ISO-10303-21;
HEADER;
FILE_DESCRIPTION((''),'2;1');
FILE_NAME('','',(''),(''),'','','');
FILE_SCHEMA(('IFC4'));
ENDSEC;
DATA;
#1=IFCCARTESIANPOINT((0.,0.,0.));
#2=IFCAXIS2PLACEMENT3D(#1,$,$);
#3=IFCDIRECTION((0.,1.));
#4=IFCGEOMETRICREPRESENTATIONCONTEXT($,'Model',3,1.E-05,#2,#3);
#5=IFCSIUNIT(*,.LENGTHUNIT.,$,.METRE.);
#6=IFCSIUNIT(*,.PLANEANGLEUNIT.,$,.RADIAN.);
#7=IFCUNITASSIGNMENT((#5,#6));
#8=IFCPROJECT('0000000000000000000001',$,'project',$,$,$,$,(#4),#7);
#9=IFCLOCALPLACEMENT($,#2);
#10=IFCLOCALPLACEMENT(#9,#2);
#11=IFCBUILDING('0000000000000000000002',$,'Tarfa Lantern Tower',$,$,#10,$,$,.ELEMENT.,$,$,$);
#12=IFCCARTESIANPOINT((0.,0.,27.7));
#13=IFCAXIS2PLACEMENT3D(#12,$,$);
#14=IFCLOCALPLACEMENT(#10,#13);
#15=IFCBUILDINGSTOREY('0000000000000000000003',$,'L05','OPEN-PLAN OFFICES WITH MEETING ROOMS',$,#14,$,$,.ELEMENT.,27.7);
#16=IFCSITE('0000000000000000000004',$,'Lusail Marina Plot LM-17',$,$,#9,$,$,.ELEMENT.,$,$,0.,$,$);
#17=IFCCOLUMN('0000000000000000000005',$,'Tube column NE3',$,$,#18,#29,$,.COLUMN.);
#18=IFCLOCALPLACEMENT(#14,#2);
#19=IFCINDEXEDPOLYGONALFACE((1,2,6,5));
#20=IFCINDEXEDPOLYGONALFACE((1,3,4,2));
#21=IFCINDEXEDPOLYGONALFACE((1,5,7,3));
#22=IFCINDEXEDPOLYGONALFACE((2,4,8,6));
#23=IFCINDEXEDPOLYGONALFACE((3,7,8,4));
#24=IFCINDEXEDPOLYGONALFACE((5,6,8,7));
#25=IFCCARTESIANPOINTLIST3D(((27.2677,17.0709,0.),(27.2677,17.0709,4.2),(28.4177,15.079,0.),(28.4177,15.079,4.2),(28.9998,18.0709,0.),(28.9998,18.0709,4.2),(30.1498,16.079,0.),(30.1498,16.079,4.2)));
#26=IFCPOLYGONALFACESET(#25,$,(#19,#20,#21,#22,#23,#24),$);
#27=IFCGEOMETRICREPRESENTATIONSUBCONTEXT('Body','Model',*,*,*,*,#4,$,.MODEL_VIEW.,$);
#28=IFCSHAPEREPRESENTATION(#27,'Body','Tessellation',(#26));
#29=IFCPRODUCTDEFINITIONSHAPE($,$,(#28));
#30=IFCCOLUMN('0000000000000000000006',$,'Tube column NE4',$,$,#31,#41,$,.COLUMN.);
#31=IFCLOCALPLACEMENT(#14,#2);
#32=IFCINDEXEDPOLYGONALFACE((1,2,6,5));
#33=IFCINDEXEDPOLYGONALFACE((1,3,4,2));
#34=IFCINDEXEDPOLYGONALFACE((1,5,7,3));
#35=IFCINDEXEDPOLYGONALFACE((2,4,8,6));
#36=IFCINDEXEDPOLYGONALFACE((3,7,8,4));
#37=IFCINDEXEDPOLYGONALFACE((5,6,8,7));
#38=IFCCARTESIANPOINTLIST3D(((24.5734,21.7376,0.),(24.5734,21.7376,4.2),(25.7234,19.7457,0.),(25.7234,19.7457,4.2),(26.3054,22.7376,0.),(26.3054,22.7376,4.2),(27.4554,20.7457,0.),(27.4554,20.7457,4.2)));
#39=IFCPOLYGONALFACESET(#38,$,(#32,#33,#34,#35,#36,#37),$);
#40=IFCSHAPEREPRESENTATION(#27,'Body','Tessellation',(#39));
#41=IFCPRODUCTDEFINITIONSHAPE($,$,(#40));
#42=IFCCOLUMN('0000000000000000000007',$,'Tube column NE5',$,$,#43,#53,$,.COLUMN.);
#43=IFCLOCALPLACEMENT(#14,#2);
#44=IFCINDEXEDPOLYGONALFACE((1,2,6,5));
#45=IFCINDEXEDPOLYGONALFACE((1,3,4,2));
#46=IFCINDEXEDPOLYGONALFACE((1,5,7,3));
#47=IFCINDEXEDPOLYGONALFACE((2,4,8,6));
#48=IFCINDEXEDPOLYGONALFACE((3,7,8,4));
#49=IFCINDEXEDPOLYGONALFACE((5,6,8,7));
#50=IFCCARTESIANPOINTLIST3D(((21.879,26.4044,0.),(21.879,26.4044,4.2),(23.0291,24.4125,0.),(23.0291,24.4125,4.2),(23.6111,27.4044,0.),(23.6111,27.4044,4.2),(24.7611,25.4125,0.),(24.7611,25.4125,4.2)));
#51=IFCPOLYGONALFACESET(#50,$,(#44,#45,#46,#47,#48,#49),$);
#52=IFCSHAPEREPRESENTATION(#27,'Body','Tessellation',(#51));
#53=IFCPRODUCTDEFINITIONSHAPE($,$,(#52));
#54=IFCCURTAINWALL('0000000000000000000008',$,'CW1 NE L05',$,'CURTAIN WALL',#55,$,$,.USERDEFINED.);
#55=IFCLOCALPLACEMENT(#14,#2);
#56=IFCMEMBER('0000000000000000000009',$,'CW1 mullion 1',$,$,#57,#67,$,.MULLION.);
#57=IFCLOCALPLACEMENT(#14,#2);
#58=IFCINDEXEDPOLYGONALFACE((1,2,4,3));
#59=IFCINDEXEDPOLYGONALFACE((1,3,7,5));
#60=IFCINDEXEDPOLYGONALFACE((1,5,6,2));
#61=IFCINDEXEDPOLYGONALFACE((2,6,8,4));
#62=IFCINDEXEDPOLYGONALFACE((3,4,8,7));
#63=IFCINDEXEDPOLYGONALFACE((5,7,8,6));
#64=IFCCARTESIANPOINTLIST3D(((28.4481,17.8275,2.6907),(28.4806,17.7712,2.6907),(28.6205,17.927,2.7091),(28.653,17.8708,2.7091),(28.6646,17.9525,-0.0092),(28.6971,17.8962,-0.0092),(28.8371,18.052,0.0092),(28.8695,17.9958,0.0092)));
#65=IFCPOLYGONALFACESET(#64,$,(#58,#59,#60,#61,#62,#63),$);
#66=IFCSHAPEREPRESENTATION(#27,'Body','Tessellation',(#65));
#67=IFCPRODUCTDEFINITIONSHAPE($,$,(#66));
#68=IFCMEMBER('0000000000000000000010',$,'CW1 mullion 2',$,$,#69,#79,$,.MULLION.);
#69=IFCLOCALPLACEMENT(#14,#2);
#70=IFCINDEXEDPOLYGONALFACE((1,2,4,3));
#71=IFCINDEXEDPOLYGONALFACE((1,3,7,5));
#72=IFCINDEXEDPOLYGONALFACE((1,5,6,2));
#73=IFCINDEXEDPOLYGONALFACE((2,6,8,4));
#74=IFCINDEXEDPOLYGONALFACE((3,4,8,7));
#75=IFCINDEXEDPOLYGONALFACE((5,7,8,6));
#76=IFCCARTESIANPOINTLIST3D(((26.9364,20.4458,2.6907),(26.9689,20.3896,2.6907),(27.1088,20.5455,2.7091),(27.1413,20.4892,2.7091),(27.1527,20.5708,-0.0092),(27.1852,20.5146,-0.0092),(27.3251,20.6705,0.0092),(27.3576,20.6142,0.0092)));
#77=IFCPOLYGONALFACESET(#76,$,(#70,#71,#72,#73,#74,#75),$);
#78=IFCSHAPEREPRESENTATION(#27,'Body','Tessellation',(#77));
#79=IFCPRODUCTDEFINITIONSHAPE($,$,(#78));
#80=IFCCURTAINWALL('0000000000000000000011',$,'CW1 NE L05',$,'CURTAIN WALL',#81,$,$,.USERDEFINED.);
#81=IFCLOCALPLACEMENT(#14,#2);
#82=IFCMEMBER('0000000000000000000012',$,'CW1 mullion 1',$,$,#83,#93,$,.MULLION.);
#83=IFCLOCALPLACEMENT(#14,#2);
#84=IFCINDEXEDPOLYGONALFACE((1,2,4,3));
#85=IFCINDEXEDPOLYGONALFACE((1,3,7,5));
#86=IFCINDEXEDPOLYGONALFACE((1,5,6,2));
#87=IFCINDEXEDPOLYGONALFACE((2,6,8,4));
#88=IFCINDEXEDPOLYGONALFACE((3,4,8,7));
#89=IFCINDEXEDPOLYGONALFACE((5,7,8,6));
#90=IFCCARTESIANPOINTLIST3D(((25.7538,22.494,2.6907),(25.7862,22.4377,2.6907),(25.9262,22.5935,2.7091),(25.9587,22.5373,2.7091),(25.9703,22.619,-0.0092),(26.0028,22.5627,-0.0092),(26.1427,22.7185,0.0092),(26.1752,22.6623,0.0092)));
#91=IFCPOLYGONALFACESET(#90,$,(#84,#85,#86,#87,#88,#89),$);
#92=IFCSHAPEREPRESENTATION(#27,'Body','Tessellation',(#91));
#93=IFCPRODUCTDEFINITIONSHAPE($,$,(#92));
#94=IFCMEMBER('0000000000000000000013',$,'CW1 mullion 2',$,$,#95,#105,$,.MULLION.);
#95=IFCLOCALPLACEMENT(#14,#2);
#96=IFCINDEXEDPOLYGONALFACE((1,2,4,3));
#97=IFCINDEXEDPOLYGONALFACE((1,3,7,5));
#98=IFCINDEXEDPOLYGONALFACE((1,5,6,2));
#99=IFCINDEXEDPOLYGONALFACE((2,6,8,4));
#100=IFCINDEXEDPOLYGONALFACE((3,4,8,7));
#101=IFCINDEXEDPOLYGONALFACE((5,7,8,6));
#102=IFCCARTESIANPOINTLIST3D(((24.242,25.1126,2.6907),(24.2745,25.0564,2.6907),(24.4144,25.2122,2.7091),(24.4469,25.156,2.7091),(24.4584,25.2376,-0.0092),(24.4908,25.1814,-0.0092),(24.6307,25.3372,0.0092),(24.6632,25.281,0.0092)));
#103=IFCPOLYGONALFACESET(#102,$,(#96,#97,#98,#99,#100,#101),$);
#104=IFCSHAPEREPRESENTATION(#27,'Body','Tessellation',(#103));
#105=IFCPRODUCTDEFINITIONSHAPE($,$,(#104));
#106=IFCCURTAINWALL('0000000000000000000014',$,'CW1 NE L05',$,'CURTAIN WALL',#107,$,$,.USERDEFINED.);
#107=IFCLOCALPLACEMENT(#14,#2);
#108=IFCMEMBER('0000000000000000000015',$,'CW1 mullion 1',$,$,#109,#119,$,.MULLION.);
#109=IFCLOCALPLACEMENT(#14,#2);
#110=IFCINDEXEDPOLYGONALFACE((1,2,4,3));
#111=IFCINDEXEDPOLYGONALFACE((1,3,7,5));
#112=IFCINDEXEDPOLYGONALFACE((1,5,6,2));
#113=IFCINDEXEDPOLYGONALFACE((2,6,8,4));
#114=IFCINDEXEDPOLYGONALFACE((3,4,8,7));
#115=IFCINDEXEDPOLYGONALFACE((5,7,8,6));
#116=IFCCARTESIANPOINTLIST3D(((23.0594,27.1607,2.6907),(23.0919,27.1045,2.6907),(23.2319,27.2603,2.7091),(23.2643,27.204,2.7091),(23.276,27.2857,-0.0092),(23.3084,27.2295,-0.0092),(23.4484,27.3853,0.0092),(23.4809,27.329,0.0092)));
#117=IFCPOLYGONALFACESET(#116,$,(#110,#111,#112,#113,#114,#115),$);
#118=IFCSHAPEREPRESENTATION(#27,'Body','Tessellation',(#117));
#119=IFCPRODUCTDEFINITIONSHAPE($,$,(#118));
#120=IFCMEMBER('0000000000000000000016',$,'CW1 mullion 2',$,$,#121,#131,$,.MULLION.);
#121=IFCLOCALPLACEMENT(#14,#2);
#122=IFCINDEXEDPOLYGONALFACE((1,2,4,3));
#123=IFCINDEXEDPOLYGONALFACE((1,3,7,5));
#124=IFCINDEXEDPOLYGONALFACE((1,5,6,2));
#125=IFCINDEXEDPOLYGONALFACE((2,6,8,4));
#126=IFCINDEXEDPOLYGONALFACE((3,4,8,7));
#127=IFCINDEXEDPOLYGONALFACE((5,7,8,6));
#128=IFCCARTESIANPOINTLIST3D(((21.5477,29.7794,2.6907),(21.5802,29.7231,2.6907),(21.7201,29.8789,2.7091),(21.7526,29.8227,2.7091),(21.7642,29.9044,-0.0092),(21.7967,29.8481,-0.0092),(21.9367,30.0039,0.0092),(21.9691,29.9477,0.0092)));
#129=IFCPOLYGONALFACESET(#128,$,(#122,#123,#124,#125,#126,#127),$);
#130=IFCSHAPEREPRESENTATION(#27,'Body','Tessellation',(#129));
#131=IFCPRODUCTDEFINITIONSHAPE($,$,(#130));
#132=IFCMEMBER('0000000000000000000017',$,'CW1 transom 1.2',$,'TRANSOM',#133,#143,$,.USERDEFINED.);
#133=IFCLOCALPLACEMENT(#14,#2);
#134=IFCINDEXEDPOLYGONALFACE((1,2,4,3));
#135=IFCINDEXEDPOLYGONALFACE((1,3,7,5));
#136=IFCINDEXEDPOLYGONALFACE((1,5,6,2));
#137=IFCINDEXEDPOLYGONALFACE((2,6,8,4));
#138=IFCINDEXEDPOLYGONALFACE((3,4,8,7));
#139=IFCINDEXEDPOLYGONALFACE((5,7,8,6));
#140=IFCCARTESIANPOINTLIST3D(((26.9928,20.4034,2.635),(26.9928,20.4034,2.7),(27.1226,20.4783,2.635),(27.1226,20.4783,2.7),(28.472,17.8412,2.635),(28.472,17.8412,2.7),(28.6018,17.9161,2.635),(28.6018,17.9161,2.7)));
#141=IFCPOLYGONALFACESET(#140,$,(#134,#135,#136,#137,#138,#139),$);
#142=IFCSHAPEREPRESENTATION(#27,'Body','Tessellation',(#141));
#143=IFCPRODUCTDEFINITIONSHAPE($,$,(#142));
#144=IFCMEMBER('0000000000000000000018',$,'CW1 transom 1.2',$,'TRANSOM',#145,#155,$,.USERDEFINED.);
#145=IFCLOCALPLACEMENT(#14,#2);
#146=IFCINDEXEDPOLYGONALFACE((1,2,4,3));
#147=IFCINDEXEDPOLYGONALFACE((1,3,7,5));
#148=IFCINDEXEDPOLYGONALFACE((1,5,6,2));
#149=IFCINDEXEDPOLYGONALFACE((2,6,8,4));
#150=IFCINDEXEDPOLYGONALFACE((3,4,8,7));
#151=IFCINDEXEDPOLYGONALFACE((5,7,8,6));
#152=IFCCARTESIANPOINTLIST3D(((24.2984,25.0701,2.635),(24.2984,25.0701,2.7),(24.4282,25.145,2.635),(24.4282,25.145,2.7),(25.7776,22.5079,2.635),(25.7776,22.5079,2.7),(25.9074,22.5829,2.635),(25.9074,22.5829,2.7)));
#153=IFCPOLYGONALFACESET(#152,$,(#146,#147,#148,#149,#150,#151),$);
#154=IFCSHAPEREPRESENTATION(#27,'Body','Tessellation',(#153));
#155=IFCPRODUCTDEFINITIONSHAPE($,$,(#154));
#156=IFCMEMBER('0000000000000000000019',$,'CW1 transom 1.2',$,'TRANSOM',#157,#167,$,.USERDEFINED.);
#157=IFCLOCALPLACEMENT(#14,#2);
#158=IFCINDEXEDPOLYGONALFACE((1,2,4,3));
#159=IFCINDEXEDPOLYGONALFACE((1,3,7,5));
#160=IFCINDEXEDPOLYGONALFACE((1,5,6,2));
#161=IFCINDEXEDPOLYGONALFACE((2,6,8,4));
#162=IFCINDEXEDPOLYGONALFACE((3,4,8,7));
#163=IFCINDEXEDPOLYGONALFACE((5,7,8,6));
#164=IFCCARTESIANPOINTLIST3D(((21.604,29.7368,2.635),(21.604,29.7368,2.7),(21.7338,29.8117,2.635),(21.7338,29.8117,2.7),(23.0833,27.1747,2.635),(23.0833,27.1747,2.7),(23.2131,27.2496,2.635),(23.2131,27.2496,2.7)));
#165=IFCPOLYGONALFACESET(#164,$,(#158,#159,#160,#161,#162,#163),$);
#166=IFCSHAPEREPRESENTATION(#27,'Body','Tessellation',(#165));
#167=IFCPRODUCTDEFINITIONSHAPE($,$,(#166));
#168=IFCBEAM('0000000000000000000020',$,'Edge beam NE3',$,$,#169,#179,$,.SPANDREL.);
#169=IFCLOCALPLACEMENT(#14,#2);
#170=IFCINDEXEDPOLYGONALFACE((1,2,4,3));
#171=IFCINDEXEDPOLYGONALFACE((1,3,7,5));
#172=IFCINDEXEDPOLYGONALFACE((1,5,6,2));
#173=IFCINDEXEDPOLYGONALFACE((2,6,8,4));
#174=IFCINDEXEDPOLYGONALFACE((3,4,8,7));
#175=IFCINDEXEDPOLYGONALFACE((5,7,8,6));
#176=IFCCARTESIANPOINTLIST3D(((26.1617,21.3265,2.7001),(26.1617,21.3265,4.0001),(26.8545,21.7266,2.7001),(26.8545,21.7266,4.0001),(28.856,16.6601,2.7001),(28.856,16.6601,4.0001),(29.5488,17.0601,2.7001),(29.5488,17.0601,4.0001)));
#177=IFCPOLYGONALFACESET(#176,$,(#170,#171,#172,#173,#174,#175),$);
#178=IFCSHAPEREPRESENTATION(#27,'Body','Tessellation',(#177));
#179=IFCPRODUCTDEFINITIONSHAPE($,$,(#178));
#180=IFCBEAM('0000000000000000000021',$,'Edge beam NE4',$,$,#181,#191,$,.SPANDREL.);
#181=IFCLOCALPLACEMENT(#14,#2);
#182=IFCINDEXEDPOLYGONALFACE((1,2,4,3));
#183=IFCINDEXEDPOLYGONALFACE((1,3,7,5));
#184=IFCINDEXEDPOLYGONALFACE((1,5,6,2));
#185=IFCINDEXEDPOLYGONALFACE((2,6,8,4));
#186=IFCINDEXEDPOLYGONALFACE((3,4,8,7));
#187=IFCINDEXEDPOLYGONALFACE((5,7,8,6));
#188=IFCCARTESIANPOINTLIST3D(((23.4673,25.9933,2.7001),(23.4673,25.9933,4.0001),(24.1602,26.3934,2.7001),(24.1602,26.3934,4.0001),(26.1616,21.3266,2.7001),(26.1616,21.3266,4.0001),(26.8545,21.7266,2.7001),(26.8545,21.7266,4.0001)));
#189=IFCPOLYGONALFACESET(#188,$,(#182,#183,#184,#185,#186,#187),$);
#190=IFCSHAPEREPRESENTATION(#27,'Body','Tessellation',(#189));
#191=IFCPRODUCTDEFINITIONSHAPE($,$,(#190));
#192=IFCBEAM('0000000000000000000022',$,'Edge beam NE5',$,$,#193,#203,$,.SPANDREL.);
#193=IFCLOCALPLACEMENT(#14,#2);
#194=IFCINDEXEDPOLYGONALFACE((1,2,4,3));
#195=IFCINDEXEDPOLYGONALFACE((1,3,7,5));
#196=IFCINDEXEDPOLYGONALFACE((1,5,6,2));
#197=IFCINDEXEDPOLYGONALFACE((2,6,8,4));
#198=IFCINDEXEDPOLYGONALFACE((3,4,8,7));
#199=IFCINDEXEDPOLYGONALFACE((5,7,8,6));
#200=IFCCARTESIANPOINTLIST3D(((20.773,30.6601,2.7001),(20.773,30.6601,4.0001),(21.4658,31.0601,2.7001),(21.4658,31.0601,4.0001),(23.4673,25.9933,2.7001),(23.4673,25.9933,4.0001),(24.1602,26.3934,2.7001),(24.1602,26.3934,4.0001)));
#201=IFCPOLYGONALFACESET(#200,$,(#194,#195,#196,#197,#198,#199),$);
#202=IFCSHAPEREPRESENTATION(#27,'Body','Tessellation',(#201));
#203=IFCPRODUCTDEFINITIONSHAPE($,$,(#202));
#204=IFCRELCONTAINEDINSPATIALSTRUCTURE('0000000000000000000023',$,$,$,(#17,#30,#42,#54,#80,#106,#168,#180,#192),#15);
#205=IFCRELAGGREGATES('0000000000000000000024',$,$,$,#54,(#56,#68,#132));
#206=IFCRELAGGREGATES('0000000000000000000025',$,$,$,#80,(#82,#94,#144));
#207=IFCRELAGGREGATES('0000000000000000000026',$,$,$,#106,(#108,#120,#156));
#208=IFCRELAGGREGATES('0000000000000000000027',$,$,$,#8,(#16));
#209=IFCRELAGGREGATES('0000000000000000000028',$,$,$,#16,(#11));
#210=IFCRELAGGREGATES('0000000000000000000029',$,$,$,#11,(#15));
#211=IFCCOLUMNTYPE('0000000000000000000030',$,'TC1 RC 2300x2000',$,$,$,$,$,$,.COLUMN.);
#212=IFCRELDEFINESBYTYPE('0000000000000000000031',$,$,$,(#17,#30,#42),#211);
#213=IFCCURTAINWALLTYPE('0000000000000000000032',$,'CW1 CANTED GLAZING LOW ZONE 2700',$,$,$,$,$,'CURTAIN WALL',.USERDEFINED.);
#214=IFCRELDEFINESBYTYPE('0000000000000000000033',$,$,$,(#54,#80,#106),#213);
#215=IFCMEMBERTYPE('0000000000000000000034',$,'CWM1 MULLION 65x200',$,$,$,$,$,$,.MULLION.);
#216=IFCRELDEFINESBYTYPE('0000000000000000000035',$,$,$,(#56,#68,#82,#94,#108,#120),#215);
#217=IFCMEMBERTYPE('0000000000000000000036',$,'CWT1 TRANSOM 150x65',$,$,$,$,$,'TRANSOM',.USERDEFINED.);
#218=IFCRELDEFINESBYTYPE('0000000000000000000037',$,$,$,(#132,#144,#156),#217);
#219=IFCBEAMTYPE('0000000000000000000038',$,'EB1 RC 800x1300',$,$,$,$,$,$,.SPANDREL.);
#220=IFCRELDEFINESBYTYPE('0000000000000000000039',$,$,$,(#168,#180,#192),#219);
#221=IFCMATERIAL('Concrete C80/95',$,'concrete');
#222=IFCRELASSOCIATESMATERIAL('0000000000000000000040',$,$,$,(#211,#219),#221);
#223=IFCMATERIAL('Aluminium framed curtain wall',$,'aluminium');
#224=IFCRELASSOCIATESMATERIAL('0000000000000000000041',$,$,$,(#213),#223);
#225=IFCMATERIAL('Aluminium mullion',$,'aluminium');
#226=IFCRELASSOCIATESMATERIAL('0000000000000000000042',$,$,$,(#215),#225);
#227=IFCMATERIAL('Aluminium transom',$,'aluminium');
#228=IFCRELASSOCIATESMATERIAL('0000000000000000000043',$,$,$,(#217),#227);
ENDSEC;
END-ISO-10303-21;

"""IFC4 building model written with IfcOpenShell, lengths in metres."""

from ifc_helpers import new_model, si_unit, direction, frame, origin, origin_2d, place, context, subcontext, project, spatial, rectangle, extrude, material, material_profile, profile_set, type_object, element, aggregate, save


model = new_model("IFC4")

# Units and contexts
model_context = context("Model", 3, precision=1e-05, world=origin(), true_north=direction((0.0, 1.0)))
body_context = subcontext(model_context, "Body", "Model", "MODEL_VIEW")
ifc_project = project(units=[si_unit("LENGTHUNIT", "METRE"), si_unit("PLANEANGLEUNIT", "RADIAN")], contexts=[model_context])

# Site, building, storey
site_placement = place(None, origin())
site = spatial("IfcSite", under=ifc_project, at=site_placement, Name="Lusail Marina Plot LM-17", CompositionType="ELEMENT", RefElevation=0.0)
building_placement = place(site_placement, origin())
building = spatial("IfcBuilding", under=site, at=building_placement, Name="Tarfa Lantern Tower", CompositionType="ELEMENT")
storey_placement = place(building_placement, frame((0.0, 0.0, 27.7)))
storey = spatial("IfcBuildingStorey", under=building, at=storey_placement, Name="L05", Description="OPEN-PLAN OFFICES WITH MEETING ROOMS", CompositionType="ELEMENT", Elevation=27.7)

# Columns
ifc_material_1 = material(Name="Concrete C80/95", Category="concrete")
ifc_material_profile_1 = material_profile(ifc_material_1, rectangle(XDim=2.3, YDim=2.0, at=origin_2d()), Name="RC 2300x2000")
ifc_profile_set_1 = profile_set([ifc_material_profile_1], Name="Concrete C80/95")
column_type = type_object("IfcColumnType", Name="TC1 RC 2300x2000", PredefinedType="COLUMN", material=ifc_profile_set_1)
for number, where, z_axis, x_axis, name in (
    (1, (28.7087, 16.575, 0.0), (0.0, 0.0, 1.0), (-0.5, 0.866025, 0.0), "Tube column NE3"),
    (2, (26.0144, 21.2417, 0.0), (0.0, 0.0, 1.0), (-0.5, 0.866025, 0.0), "Tube column NE4"),
    (3, (23.3201, 25.9084, 0.0), (0.0, 0.0, 1.0), (-0.5, 0.866025, 0.0), "Tube column NE5"),
):
    element("IfcColumn", number, at=place(storey_placement, frame(where, z_axis=z_axis, x_axis=x_axis)), inside=storey, type_object=column_type, Name=name, PredefinedType="COLUMN", context=body_context, shape_type="SweptSolid", body=[
        extrude(rectangle(XDim=2.3, YDim=2.0, at=origin_2d()), origin(), (0.0, 0.0, 1.0), 4.2),
    ])

# Curtain walls, members
ifc_material_2 = material(Name="Aluminium framed curtain wall", Category="aluminium")
curtain_wall_type = type_object("IfcCurtainWallType", Name="CW1 CANTED GLAZING LOW ZONE 2700", ElementType="CURTAIN WALL", PredefinedType="USERDEFINED", material=ifc_material_2)
curtain_wall_1_placement = place(storey_placement, origin())
curtain_wall_1 = element("IfcCurtainWall", 4, at=curtain_wall_1_placement, inside=storey, type_object=curtain_wall_type, Name="CW1 NE L05", ObjectType="CURTAIN WALL", PredefinedType="USERDEFINED")
ifc_material_3 = material(Name="Aluminium mullion", Category="aluminium")
ifc_material_profile_2 = material_profile(ifc_material_3, rectangle(XDim=0.0649, YDim=0.2, at=origin_2d()), Name="AL MULLION 65x200")
ifc_profile_set_2 = profile_set([ifc_material_profile_2], Name="Aluminium mullion")
member_type_1 = type_object("IfcMemberType", Name="CWM1 MULLION 65x200", PredefinedType="MULLION", material=ifc_profile_set_2)
member_1_placement = place(storey_placement, frame((28.7671, 17.9741, 0.0), z_axis=(-0.079864, -0.0461, 0.995739), x_axis=(0.49992, -0.866072, 0.0)))
member_1 = element("IfcMember", 5, at=member_1_placement, type_object=member_type_1, Name="CW1 mullion 1", PredefinedType="MULLION", context=body_context, shape_type="SweptSolid", body=[
    extrude(rectangle(XDim=0.0649, YDim=0.2, at=origin_2d()), origin(), (0.0, 0.0, 1.0), 2.7114),
])
member_2_placement = place(storey_placement, frame((27.2551, 20.5925, 0.0), z_axis=(-0.079775, -0.0461, 0.995746), x_axis=(0.500343, -0.865827, 0.0)))
member_2 = element("IfcMember", 6, at=member_2_placement, type_object=member_type_1, Name="CW1 mullion 2", PredefinedType="MULLION", context=body_context, shape_type="SweptSolid", body=[
    extrude(rectangle(XDim=0.0649, YDim=0.2, at=origin_2d()), origin(), (0.0, 0.0, 1.0), 2.7114),
])
curtain_wall_2_placement = place(storey_placement, origin())
curtain_wall_2 = element("IfcCurtainWall", 7, at=curtain_wall_2_placement, inside=storey, type_object=curtain_wall_type, Name="CW1 NE L05", ObjectType="CURTAIN WALL", PredefinedType="USERDEFINED")
member_3_placement = place(storey_placement, frame((26.0728, 22.6406, 0.0), z_axis=(-0.079864, -0.0461, 0.995739), x_axis=(0.49992, -0.866072, 0.0)))
member_3 = element("IfcMember", 8, at=member_3_placement, type_object=member_type_1, Name="CW1 mullion 1", PredefinedType="MULLION", context=body_context, shape_type="SweptSolid", body=[
    extrude(rectangle(XDim=0.0649, YDim=0.2, at=origin_2d()), origin(), (0.0, 0.0, 1.0), 2.7114),
])
member_4_placement = place(storey_placement, frame((24.5608, 25.2593, 0.0), z_axis=(-0.079775, -0.0461, 0.995746), x_axis=(0.500343, -0.865827, 0.0)))
member_4 = element("IfcMember", 9, at=member_4_placement, type_object=member_type_1, Name="CW1 mullion 2", PredefinedType="MULLION", context=body_context, shape_type="SweptSolid", body=[
    extrude(rectangle(XDim=0.0649, YDim=0.2, at=origin_2d()), origin(), (0.0, 0.0, 1.0), 2.7114),
])
curtain_wall_3_placement = place(storey_placement, origin())
curtain_wall_3 = element("IfcCurtainWall", 10, at=curtain_wall_3_placement, inside=storey, type_object=curtain_wall_type, Name="CW1 NE L05", ObjectType="CURTAIN WALL", PredefinedType="USERDEFINED")
member_5_placement = place(storey_placement, frame((23.3784, 27.3074, 0.0), z_axis=(-0.079864, -0.0461, 0.995739), x_axis=(0.49992, -0.866072, 0.0)))
member_5 = element("IfcMember", 11, at=member_5_placement, type_object=member_type_1, Name="CW1 mullion 1", PredefinedType="MULLION", context=body_context, shape_type="SweptSolid", body=[
    extrude(rectangle(XDim=0.0649, YDim=0.2, at=origin_2d()), origin(), (0.0, 0.0, 1.0), 2.7114),
])
member_6_placement = place(storey_placement, frame((21.8667, 29.926, 0.0), z_axis=(-0.079864, -0.0461, 0.995739), x_axis=(0.49992, -0.866072, 0.0)))
member_6 = element("IfcMember", 12, at=member_6_placement, type_object=member_type_1, Name="CW1 mullion 2", PredefinedType="MULLION", context=body_context, shape_type="SweptSolid", body=[
    extrude(rectangle(XDim=0.0649, YDim=0.2, at=origin_2d()), origin(), (0.0, 0.0, 1.0), 2.7114),
])

# Members
ifc_material_4 = material(Name="Aluminium transom", Category="aluminium")
ifc_material_profile_3 = material_profile(ifc_material_4, rectangle(XDim=0.1499, YDim=0.0649, at=origin_2d()), Name="AL TRANSOM 150x65")
ifc_profile_set_3 = profile_set([ifc_material_profile_3], Name="Aluminium transom")
member_type_2 = type_object("IfcMemberType", Name="CWT1 TRANSOM 150x65", ElementType="TRANSOM", PredefinedType="USERDEFINED", material=ifc_profile_set_3)
member_7_placement = place(storey_placement, frame((28.5369, 17.8787, 2.6675), z_axis=(-0.499982, 0.866036, 0.0), x_axis=(-0.866036, -0.499982, 0.0)))
member_7 = element("IfcMember", 13, at=member_7_placement, type_object=member_type_2, Name="CW1 transom 1.2", ObjectType="TRANSOM", PredefinedType="USERDEFINED", context=body_context, shape_type="SweptSolid", body=[
    extrude(rectangle(XDim=0.1499, YDim=0.0649, at=origin_2d()), origin(), (0.0, 0.0, 1.0), 2.9585),
])
member_8_placement = place(storey_placement, frame((25.8425, 22.5454, 2.6675), z_axis=(-0.499982, 0.866036, 0.0), x_axis=(-0.866036, -0.499982, 0.0)))
member_8 = element("IfcMember", 14, at=member_8_placement, type_object=member_type_2, Name="CW1 transom 1.2", ObjectType="TRANSOM", PredefinedType="USERDEFINED", context=body_context, shape_type="SweptSolid", body=[
    extrude(rectangle(XDim=0.1499, YDim=0.0649, at=origin_2d()), origin(), (0.0, 0.0, 1.0), 2.9585),
])
member_9_placement = place(storey_placement, frame((23.1482, 27.2122, 2.6675), z_axis=(-0.500018, 0.866015, 0.0), x_axis=(-0.866015, -0.500018, 0.0)))
member_9 = element("IfcMember", 15, at=member_9_placement, type_object=member_type_2, Name="CW1 transom 1.2", ObjectType="TRANSOM", PredefinedType="USERDEFINED", context=body_context, shape_type="SweptSolid", body=[
    extrude(rectangle(XDim=0.1499, YDim=0.0649, at=origin_2d()), origin(), (0.0, 0.0, 1.0), 2.9585),
])

# Beams
ifc_material_profile_4 = material_profile(ifc_material_1, rectangle(XDim=0.8, YDim=1.3, at=origin_2d()), Name="RC 800x1300")
ifc_profile_set_4 = profile_set([ifc_material_profile_4], Name="Concrete C80/95")
beam_type_1 = type_object("IfcBeamType", Name="EB1 RC 800x1300", PredefinedType="SPANDREL", material=ifc_profile_set_4)
beam_1_placement = place(storey_placement, frame((29.2024, 16.8601, 3.3501), z_axis=(-0.500018, 0.866015, 0.0), x_axis=(-0.866015, -0.500018, 0.0)))
element("IfcBeam", 16, at=beam_1_placement, inside=storey, type_object=beam_type_1, Name="Edge beam NE3", PredefinedType="SPANDREL", context=body_context, shape_type="SweptSolid", body=[
    extrude(rectangle(XDim=0.8, YDim=1.3, at=origin_2d()), origin(), (0.0, 0.0, 1.0), 5.3884),
])
for number, where, z_axis, x_axis, name in (
    (17, (26.5081, 21.5266, 3.3501), (-0.499998, 0.866026, 0.0), (-0.866026, -0.499998, 0.0), "Edge beam NE4"),
    (18, (23.8137, 26.1934, 3.3501), (-0.499998, 0.866026, 0.0), (-0.866026, -0.499998, 0.0), "Edge beam NE5"),
):
    element("IfcBeam", number, at=place(storey_placement, frame(where, z_axis=z_axis, x_axis=x_axis)), inside=storey, type_object=beam_type_1, Name=name, PredefinedType="SPANDREL", context=body_context, shape_type="SweptSolid", body=[
        extrude(rectangle(XDim=0.8, YDim=1.3, at=origin_2d()), origin(), (0.0, 0.0, 1.0), 5.3887),
    ])

aggregate(curtain_wall_1, [member_1, member_2, member_7])
aggregate(curtain_wall_2, [member_3, member_4, member_8])
aggregate(curtain_wall_3, [member_5, member_6, member_9])

save(model, "model.ifc")
